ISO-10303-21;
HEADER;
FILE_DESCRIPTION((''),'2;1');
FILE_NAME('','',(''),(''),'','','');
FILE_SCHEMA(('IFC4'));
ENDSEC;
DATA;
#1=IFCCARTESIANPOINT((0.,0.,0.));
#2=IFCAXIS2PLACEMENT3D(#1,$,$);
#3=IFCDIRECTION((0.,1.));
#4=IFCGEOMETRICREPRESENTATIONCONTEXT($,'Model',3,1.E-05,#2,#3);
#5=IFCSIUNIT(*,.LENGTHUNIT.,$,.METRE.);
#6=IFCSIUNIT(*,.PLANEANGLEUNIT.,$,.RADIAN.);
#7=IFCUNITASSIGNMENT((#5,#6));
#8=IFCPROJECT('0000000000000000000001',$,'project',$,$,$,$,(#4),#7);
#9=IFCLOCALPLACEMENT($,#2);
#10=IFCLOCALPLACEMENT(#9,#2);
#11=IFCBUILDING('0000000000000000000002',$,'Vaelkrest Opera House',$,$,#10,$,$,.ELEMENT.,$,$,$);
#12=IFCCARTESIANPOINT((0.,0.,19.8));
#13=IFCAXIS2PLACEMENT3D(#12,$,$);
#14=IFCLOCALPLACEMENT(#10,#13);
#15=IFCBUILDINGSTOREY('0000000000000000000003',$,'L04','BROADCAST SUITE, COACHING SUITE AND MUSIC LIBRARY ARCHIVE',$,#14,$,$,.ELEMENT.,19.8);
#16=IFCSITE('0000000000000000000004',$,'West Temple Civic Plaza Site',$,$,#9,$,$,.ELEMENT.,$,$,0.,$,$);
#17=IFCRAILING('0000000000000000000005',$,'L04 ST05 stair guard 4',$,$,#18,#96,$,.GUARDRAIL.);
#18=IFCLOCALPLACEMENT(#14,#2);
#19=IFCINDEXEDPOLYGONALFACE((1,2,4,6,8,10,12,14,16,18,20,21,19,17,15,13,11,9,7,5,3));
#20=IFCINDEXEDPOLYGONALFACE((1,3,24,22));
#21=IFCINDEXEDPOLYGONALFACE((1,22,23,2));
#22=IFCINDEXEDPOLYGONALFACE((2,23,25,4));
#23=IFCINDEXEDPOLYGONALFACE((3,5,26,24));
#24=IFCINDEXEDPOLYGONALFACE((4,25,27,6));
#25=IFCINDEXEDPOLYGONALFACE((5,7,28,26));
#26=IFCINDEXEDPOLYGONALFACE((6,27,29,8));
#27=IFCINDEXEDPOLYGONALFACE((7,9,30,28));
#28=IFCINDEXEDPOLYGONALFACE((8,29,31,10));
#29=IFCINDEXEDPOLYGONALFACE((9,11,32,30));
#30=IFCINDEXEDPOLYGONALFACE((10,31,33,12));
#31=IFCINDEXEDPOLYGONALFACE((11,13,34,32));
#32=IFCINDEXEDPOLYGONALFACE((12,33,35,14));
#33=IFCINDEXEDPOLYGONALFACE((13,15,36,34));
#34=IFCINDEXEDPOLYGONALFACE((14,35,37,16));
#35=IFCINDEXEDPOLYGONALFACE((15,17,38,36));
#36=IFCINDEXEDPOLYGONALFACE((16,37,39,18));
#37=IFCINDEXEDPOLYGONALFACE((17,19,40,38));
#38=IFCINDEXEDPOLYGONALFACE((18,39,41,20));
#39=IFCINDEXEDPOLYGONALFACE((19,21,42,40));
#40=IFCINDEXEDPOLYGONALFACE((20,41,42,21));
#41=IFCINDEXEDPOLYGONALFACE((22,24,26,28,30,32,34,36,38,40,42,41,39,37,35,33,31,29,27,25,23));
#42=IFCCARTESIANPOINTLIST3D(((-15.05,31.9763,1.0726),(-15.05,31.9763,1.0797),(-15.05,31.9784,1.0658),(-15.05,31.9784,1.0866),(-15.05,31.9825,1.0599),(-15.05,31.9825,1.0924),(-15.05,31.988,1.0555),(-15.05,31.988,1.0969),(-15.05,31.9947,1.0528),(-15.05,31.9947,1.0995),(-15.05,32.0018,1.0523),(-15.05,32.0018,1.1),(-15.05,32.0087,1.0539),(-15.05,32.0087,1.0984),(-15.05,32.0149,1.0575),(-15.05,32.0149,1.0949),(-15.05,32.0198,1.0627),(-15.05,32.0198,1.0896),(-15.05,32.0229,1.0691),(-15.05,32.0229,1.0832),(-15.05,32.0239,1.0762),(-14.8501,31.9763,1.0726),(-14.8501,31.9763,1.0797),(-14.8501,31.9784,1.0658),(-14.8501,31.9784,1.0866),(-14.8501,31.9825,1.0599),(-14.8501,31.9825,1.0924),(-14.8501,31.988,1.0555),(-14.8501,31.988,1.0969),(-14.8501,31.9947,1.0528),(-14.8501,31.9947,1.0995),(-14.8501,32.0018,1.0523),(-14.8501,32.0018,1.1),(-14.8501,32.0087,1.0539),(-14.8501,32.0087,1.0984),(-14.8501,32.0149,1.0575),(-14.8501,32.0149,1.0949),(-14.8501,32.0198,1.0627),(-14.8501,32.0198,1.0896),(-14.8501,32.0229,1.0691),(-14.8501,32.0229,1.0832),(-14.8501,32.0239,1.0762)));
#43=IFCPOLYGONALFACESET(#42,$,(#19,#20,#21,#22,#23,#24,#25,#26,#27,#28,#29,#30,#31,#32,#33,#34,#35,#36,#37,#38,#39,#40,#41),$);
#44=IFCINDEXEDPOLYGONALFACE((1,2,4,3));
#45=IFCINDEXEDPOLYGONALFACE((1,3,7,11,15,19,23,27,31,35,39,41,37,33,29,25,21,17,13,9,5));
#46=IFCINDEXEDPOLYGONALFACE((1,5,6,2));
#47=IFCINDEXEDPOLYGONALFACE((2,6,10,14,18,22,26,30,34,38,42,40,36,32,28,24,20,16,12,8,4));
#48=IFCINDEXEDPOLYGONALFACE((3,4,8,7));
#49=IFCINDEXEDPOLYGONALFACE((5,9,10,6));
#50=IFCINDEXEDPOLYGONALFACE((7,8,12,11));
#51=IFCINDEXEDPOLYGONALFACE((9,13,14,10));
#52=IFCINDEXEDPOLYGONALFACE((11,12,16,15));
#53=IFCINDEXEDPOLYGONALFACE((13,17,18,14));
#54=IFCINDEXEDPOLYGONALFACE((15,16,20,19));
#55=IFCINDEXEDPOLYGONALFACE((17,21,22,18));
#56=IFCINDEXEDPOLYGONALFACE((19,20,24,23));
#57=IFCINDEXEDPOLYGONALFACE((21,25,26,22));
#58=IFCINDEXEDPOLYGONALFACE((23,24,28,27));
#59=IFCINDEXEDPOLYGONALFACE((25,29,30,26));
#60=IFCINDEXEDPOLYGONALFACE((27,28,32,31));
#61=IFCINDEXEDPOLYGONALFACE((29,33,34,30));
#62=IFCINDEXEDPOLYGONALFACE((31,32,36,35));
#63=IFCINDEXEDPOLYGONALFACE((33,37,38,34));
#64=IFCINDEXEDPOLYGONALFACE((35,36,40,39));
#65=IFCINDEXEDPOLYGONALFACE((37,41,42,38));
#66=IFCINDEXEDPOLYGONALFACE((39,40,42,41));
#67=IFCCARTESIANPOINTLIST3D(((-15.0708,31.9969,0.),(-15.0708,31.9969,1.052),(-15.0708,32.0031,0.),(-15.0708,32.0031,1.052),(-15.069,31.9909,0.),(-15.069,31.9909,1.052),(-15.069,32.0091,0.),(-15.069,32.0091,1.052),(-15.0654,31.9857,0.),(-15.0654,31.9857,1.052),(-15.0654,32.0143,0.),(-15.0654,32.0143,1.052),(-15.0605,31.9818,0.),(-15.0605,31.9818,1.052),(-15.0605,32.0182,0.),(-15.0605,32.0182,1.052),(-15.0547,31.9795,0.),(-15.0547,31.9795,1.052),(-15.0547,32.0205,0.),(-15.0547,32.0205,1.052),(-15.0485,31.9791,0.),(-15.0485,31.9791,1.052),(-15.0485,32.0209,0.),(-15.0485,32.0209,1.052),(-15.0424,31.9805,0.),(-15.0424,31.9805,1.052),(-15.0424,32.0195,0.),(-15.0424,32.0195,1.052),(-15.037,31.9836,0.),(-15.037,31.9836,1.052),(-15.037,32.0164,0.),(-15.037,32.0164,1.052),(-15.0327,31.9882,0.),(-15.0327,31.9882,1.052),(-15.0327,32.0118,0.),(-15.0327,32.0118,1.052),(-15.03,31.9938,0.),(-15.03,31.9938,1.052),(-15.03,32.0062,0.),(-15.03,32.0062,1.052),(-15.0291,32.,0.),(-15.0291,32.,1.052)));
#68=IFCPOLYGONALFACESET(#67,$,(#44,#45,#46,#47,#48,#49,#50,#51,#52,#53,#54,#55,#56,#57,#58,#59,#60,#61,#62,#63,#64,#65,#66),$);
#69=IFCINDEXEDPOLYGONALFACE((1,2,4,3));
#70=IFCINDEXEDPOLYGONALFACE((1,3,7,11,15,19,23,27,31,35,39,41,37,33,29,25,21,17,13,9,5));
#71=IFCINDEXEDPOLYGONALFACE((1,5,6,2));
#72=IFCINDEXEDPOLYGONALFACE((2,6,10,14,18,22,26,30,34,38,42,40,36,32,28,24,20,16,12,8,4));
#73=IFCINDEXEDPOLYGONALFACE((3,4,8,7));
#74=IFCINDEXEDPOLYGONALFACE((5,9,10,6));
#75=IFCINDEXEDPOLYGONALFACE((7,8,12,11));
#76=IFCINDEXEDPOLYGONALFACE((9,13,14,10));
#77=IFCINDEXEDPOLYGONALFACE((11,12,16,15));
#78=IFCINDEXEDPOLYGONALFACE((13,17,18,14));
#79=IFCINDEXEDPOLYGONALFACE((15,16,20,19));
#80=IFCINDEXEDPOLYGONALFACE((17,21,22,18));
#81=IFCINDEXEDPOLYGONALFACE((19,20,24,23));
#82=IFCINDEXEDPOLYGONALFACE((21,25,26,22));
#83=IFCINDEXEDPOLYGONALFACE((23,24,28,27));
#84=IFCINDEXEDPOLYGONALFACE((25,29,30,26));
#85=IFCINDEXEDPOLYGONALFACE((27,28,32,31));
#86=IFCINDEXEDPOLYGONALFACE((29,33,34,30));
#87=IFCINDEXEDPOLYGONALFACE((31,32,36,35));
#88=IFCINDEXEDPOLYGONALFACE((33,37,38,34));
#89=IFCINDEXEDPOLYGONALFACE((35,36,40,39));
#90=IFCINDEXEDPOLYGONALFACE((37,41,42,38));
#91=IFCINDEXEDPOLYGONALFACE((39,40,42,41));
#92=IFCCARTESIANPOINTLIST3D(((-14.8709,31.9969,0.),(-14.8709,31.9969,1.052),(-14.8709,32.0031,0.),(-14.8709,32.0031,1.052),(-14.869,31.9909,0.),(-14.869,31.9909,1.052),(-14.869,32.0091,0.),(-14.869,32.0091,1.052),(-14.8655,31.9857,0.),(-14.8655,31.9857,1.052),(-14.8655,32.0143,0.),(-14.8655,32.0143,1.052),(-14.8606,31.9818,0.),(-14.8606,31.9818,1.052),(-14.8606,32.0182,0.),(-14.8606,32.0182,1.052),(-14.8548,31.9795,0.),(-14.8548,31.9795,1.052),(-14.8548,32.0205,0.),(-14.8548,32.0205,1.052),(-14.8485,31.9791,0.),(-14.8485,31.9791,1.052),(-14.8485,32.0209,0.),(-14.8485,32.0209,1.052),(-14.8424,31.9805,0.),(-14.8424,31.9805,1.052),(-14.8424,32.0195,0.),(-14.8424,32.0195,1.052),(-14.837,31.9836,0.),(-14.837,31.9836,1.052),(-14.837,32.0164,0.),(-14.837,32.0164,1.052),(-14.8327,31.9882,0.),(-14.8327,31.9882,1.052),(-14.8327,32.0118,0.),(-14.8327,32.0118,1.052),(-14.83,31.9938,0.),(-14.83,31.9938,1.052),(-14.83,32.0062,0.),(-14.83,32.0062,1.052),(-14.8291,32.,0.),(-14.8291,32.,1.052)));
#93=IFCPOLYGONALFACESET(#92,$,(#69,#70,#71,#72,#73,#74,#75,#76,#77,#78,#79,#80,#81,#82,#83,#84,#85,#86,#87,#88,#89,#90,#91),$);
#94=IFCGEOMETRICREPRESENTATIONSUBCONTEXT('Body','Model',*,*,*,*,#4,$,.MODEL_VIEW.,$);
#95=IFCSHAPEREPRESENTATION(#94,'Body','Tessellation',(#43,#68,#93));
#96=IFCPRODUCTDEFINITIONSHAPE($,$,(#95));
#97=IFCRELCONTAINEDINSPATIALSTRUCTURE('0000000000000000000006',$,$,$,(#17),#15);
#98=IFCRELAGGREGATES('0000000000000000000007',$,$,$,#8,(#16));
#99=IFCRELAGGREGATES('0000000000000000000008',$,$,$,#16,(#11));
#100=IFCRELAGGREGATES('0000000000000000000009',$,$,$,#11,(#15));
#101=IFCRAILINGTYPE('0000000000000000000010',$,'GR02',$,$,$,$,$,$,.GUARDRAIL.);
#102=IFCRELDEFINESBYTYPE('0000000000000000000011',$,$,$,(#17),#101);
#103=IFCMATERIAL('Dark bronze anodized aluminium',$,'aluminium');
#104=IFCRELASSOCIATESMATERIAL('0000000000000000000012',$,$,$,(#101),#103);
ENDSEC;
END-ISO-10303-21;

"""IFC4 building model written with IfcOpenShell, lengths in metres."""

from ifc_helpers import new_model, si_unit, direction, frame, origin, origin_2d, place, context, subcontext, project, spatial, circle, extrude, material, type_object, element, save


model = new_model("IFC4")

# Units and contexts
model_context = context("Model", 3, precision=1e-05, world=origin(), true_north=direction((0.0, 1.0)))
body_context = subcontext(model_context, "Body", "Model", "MODEL_VIEW")
ifc_project = project(units=[si_unit("LENGTHUNIT", "METRE"), si_unit("PLANEANGLEUNIT", "RADIAN")], contexts=[model_context])

# Site, building, storey
site_placement = place(None, origin())
site = spatial("IfcSite", under=ifc_project, at=site_placement, Name="West Temple Civic Plaza Site", CompositionType="ELEMENT", RefElevation=0.0)
building_placement = place(site_placement, origin())
building = spatial("IfcBuilding", under=site, at=building_placement, Name="Vaelkrest Opera House", CompositionType="ELEMENT")
storey_placement = place(building_placement, frame((0.0, 0.0, 19.8)))
storey = spatial("IfcBuildingStorey", under=building, at=storey_placement, Name="L04", Description="BROADCAST SUITE, COACHING SUITE AND MUSIC LIBRARY ARCHIVE", CompositionType="ELEMENT", Elevation=19.8)

# Railing
ifc_material_1 = material(Name="Dark bronze anodized aluminium", Category="aluminium")
railing_type_1 = type_object("IfcRailingType", Name="GR02", PredefinedType="GUARDRAIL", material=ifc_material_1)
railing_1_placement = place(storey_placement, frame((-15.05, 32.0, 0.0)))
element("IfcRailing", 1, at=railing_1_placement, inside=storey, type_object=railing_type_1, Name="L04 ST05 stair guard 4", PredefinedType="GUARDRAIL", context=body_context, shape_type="SweptSolid", body=[
    extrude(circle(Radius=0.0239, at=origin_2d()), frame((0.0, 0.0, 1.0762), z_axis=(1.0, 0.0, 0.0), x_axis=(0.0, 1.0, 0.0)), (0.0, 0.0, 1.0), 0.2),
    extrude(circle(Radius=0.021, at=origin_2d()), origin(), (0.0, 0.0, 1.0), 1.052),
    extrude(circle(Radius=0.021, at=origin_2d()), frame((0.2, 0.0, 0.0)), (0.0, 0.0, 1.0), 1.052),
])

save(model, "model.ifc")
